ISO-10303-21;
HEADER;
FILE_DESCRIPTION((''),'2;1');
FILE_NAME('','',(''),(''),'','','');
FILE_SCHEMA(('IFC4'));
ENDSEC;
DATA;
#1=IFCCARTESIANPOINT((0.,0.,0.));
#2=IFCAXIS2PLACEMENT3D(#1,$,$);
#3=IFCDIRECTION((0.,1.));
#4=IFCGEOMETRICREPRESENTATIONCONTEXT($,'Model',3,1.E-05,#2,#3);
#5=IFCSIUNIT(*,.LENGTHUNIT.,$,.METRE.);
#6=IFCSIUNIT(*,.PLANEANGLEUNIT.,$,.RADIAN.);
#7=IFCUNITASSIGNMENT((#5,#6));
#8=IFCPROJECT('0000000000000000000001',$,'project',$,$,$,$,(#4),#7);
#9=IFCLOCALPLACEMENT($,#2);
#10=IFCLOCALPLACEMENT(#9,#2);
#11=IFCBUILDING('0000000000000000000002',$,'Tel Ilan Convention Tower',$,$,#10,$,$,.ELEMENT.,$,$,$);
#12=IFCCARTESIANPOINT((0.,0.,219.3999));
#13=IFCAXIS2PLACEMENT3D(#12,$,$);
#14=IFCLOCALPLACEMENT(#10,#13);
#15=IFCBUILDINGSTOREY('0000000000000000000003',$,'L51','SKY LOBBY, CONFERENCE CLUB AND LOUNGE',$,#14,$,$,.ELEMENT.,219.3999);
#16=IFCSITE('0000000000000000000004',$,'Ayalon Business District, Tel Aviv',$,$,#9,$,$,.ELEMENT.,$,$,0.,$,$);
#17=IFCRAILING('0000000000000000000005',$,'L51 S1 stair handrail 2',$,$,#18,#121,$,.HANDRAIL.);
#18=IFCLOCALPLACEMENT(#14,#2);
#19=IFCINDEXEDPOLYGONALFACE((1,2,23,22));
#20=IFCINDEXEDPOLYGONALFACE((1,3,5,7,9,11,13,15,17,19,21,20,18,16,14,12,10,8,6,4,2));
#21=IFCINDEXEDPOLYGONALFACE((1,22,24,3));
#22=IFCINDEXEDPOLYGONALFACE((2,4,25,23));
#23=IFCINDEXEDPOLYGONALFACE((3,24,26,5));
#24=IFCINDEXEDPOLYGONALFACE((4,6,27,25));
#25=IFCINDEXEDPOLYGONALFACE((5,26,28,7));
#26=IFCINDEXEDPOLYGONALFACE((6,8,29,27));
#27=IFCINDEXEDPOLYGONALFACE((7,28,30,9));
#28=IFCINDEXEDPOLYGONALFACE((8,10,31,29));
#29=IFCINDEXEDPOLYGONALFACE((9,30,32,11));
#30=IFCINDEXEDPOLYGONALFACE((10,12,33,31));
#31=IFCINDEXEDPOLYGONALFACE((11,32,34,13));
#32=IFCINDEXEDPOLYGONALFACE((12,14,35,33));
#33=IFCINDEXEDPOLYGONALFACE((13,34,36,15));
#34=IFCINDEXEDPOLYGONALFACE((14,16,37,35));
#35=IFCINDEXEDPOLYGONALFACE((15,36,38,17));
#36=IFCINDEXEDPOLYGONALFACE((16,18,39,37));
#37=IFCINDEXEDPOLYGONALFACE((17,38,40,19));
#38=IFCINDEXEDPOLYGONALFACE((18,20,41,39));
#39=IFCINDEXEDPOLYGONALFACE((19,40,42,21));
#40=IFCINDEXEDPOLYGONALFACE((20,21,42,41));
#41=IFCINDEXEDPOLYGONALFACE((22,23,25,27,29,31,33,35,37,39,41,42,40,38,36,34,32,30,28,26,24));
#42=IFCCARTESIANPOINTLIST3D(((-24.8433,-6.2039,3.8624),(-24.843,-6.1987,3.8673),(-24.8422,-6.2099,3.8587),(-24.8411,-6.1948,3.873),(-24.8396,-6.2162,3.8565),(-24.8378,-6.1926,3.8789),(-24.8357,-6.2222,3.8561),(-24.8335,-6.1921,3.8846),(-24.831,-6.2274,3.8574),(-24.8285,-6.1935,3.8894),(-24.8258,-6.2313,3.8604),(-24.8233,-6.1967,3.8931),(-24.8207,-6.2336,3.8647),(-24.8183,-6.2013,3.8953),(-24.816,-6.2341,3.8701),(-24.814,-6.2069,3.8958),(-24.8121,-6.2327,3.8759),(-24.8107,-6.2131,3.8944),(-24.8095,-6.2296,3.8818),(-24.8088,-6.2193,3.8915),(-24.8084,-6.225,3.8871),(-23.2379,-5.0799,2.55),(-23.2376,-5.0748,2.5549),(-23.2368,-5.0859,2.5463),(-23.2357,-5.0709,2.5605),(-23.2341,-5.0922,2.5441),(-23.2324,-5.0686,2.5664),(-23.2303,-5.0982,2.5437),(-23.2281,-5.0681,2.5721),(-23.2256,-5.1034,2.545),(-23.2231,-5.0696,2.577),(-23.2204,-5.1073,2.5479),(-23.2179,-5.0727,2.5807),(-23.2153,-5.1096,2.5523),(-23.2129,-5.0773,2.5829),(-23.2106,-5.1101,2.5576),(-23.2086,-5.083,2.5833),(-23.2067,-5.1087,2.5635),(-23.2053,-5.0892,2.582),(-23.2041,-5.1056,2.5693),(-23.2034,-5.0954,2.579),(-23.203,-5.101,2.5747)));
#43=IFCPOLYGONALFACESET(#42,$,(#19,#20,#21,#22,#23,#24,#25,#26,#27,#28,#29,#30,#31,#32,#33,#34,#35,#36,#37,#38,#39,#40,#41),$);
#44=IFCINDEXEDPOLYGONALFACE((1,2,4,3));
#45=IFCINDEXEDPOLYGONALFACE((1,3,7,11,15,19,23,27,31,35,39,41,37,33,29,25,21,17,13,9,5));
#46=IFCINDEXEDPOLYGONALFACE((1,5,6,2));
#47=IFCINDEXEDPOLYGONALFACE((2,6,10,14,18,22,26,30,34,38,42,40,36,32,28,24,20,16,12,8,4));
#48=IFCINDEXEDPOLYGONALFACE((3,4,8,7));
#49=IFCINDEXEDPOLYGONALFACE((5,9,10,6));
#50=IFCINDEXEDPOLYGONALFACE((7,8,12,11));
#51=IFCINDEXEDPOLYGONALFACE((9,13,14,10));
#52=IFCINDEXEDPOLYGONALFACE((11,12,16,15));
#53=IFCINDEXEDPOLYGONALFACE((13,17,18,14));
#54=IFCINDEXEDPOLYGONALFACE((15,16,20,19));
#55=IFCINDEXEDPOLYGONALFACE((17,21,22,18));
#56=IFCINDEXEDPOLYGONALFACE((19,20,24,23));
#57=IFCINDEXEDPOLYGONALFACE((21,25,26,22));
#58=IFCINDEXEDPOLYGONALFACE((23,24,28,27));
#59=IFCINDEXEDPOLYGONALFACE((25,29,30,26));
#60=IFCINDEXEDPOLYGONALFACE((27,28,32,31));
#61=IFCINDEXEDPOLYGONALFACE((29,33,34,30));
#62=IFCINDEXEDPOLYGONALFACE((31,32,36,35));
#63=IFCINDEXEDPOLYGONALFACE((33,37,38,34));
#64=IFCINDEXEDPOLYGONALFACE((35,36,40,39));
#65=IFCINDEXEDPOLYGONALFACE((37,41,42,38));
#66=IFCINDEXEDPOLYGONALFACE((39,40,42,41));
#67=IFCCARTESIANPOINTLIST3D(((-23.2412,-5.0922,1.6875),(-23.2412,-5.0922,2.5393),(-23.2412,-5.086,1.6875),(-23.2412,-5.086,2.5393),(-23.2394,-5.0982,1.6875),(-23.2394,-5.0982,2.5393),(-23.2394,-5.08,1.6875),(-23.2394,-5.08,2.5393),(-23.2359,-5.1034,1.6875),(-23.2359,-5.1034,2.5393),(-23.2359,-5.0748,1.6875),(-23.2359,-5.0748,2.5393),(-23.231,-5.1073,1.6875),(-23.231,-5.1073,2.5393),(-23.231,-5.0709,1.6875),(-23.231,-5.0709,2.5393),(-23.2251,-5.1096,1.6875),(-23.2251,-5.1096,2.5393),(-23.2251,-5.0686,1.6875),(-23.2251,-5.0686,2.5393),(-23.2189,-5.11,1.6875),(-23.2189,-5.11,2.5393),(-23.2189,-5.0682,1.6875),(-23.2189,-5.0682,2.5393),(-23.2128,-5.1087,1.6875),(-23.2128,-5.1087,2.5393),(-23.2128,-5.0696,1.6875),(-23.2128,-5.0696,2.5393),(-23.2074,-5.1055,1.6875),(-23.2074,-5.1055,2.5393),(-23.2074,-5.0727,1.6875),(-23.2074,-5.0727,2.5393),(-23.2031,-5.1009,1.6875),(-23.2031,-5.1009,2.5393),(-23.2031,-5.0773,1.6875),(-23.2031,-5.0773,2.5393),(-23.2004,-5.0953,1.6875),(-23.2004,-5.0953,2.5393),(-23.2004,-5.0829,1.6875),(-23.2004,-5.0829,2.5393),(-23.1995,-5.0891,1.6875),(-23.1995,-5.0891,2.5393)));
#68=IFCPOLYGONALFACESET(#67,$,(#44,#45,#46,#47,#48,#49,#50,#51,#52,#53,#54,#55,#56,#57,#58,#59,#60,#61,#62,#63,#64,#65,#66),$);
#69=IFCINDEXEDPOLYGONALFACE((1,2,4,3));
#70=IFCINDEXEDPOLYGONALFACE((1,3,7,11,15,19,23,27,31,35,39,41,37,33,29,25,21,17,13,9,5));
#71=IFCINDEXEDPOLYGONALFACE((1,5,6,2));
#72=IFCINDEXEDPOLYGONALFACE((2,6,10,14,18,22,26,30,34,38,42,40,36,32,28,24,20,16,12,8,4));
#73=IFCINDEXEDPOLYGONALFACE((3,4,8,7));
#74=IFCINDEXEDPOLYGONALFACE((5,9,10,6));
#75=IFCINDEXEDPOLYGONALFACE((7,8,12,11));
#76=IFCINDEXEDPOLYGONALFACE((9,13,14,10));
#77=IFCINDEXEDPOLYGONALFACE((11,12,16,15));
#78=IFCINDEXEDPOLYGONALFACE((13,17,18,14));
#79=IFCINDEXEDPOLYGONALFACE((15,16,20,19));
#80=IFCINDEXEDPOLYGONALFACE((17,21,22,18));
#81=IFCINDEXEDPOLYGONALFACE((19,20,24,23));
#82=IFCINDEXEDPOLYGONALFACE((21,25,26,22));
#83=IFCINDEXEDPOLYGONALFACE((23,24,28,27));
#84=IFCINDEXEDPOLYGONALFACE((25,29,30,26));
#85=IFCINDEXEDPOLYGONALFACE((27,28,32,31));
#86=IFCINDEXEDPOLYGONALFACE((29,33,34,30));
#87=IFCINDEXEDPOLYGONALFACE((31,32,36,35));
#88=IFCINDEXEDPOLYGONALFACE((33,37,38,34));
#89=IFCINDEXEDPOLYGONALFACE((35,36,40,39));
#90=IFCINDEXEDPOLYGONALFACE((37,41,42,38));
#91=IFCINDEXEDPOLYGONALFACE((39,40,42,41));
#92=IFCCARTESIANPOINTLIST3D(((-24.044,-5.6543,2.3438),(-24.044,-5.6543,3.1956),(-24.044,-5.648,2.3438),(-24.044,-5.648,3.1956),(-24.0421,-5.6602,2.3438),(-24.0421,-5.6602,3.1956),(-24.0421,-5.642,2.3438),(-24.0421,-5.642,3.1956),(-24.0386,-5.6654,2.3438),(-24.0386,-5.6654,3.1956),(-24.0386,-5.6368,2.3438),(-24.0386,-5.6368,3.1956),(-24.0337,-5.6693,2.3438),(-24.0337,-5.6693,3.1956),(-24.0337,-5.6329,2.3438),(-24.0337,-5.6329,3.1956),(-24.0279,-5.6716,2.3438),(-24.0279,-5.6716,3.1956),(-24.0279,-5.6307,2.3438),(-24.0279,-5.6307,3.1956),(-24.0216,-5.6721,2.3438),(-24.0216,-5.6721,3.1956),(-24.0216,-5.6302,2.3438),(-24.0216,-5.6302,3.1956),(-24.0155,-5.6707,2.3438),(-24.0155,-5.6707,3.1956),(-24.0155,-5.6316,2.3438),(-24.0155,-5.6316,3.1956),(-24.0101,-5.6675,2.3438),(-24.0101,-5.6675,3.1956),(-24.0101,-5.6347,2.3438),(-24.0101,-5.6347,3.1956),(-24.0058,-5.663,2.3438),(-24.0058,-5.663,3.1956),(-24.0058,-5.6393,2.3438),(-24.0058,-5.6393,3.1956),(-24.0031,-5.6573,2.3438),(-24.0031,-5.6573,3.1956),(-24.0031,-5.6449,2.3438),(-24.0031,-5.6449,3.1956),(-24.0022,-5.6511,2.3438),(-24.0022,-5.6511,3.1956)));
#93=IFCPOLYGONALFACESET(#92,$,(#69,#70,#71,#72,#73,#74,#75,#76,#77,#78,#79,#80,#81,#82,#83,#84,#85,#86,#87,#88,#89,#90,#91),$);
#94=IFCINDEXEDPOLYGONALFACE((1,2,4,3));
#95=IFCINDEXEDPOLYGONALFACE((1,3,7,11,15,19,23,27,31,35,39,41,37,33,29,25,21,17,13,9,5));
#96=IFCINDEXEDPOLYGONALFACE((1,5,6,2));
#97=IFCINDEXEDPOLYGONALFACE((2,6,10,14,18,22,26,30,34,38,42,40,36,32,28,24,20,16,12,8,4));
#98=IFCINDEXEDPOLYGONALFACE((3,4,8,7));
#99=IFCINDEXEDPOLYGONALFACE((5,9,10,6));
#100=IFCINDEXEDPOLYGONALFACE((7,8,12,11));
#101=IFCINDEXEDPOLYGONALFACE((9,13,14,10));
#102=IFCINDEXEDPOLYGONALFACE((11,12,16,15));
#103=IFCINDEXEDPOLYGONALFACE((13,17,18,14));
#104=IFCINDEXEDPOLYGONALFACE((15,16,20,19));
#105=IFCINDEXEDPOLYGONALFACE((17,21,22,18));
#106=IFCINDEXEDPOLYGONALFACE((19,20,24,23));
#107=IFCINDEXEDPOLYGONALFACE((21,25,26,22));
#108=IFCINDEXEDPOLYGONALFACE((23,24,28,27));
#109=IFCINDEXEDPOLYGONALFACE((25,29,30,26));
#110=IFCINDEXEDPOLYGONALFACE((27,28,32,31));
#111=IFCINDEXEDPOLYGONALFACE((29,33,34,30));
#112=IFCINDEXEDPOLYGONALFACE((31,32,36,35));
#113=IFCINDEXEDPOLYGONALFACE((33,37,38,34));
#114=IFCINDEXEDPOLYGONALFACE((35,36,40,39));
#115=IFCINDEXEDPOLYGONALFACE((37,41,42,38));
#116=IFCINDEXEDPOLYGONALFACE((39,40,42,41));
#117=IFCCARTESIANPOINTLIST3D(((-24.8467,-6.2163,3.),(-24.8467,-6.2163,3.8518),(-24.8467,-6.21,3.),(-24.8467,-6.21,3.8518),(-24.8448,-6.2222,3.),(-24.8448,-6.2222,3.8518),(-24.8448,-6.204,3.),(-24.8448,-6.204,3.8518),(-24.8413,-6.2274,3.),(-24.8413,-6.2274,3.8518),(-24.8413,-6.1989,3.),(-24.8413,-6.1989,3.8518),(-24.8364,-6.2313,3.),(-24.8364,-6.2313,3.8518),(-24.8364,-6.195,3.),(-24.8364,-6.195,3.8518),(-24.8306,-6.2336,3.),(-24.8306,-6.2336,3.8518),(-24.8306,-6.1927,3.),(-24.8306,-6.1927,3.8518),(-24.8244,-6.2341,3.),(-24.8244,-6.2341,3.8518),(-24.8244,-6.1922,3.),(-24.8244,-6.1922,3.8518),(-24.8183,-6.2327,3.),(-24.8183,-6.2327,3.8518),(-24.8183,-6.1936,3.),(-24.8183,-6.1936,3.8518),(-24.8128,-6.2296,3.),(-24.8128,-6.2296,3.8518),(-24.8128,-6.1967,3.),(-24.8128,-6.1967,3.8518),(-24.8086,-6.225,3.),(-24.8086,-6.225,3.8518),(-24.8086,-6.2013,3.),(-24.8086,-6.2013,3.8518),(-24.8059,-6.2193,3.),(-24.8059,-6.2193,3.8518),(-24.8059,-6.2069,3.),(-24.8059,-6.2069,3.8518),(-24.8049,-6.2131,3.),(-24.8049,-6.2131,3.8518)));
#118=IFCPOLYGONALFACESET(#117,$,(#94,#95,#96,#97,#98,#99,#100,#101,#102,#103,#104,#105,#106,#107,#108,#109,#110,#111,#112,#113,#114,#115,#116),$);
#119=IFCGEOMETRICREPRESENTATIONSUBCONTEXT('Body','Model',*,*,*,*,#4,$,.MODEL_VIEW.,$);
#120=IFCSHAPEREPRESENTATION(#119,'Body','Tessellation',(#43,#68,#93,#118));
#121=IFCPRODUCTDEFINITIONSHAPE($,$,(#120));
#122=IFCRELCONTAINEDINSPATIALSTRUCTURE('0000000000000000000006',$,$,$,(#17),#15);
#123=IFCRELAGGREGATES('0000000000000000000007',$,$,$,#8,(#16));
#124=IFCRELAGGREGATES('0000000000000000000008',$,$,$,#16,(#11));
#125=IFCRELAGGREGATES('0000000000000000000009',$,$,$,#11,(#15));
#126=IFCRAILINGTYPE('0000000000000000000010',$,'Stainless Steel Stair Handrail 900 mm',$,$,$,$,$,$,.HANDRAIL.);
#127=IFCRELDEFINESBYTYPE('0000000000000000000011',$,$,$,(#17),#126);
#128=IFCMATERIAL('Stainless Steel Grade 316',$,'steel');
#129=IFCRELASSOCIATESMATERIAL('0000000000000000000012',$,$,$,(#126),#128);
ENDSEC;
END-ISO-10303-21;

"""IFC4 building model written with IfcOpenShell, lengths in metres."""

from ifc_helpers import new_model, si_unit, direction, frame, origin, origin_2d, place, context, subcontext, project, spatial, circle, extrude, material, type_object, element, save


model = new_model("IFC4")

# Units and contexts
model_context = context("Model", 3, precision=1e-05, world=origin(), true_north=direction((0.0, 1.0)))
body_context = subcontext(model_context, "Body", "Model", "MODEL_VIEW")
ifc_project = project(units=[si_unit("LENGTHUNIT", "METRE"), si_unit("PLANEANGLEUNIT", "RADIAN")], contexts=[model_context])

# Site, building, storey
site_placement = place(None, origin())
site = spatial("IfcSite", under=ifc_project, at=site_placement, Name="Ayalon Business District, Tel Aviv", CompositionType="ELEMENT", RefElevation=0.0)
building_placement = place(site_placement, origin())
building = spatial("IfcBuilding", under=site, at=building_placement, Name="Tel Ilan Convention Tower", CompositionType="ELEMENT")
storey_placement = place(building_placement, frame((0.0, 0.0, 219.3999)))
storey = spatial("IfcBuildingStorey", under=building, at=storey_placement, Name="L51", Description="SKY LOBBY, CONFERENCE CLUB AND LOUNGE", CompositionType="ELEMENT", Elevation=219.3999)

# Railing
ifc_material_1 = material(Name="Stainless Steel Grade 316", Category="steel")
railing_type_1 = type_object("IfcRailingType", Name="Stainless Steel Stair Handrail 900 mm", PredefinedType="HANDRAIL", material=ifc_material_1)
railing_1_placement = place(storey_placement, frame((-23.2205, -5.0891, 1.6875)))
element("IfcRailing", 1, at=railing_1_placement, inside=storey, type_object=railing_type_1, Name="L51 S1 stair handrail 2", PredefinedType="HANDRAIL", context=body_context, shape_type="SweptSolid", body=[
    extrude(circle(Radius=0.0239, at=origin_2d()), frame((0.0, 0.0, 0.876), z_axis=(-0.680649, -0.476537, 0.556443), x_axis=(0.573529, -0.819185, 0.0)), (0.0, 0.0, 1.0), 2.3586),
    extrude(circle(Radius=0.021, at=origin_2d()), origin(), (0.0, 0.0, 1.0), 0.8518),
    extrude(circle(Radius=0.021, at=origin_2d()), frame((-0.8027, -0.562, 0.6562)), (0.0, 0.0, 1.0), 0.8518),
    extrude(circle(Radius=0.021, at=origin_2d()), frame((-1.6055, -1.124, 1.3125)), (0.0, 0.0, 1.0), 0.8518),
])

save(model, "model.ifc")
